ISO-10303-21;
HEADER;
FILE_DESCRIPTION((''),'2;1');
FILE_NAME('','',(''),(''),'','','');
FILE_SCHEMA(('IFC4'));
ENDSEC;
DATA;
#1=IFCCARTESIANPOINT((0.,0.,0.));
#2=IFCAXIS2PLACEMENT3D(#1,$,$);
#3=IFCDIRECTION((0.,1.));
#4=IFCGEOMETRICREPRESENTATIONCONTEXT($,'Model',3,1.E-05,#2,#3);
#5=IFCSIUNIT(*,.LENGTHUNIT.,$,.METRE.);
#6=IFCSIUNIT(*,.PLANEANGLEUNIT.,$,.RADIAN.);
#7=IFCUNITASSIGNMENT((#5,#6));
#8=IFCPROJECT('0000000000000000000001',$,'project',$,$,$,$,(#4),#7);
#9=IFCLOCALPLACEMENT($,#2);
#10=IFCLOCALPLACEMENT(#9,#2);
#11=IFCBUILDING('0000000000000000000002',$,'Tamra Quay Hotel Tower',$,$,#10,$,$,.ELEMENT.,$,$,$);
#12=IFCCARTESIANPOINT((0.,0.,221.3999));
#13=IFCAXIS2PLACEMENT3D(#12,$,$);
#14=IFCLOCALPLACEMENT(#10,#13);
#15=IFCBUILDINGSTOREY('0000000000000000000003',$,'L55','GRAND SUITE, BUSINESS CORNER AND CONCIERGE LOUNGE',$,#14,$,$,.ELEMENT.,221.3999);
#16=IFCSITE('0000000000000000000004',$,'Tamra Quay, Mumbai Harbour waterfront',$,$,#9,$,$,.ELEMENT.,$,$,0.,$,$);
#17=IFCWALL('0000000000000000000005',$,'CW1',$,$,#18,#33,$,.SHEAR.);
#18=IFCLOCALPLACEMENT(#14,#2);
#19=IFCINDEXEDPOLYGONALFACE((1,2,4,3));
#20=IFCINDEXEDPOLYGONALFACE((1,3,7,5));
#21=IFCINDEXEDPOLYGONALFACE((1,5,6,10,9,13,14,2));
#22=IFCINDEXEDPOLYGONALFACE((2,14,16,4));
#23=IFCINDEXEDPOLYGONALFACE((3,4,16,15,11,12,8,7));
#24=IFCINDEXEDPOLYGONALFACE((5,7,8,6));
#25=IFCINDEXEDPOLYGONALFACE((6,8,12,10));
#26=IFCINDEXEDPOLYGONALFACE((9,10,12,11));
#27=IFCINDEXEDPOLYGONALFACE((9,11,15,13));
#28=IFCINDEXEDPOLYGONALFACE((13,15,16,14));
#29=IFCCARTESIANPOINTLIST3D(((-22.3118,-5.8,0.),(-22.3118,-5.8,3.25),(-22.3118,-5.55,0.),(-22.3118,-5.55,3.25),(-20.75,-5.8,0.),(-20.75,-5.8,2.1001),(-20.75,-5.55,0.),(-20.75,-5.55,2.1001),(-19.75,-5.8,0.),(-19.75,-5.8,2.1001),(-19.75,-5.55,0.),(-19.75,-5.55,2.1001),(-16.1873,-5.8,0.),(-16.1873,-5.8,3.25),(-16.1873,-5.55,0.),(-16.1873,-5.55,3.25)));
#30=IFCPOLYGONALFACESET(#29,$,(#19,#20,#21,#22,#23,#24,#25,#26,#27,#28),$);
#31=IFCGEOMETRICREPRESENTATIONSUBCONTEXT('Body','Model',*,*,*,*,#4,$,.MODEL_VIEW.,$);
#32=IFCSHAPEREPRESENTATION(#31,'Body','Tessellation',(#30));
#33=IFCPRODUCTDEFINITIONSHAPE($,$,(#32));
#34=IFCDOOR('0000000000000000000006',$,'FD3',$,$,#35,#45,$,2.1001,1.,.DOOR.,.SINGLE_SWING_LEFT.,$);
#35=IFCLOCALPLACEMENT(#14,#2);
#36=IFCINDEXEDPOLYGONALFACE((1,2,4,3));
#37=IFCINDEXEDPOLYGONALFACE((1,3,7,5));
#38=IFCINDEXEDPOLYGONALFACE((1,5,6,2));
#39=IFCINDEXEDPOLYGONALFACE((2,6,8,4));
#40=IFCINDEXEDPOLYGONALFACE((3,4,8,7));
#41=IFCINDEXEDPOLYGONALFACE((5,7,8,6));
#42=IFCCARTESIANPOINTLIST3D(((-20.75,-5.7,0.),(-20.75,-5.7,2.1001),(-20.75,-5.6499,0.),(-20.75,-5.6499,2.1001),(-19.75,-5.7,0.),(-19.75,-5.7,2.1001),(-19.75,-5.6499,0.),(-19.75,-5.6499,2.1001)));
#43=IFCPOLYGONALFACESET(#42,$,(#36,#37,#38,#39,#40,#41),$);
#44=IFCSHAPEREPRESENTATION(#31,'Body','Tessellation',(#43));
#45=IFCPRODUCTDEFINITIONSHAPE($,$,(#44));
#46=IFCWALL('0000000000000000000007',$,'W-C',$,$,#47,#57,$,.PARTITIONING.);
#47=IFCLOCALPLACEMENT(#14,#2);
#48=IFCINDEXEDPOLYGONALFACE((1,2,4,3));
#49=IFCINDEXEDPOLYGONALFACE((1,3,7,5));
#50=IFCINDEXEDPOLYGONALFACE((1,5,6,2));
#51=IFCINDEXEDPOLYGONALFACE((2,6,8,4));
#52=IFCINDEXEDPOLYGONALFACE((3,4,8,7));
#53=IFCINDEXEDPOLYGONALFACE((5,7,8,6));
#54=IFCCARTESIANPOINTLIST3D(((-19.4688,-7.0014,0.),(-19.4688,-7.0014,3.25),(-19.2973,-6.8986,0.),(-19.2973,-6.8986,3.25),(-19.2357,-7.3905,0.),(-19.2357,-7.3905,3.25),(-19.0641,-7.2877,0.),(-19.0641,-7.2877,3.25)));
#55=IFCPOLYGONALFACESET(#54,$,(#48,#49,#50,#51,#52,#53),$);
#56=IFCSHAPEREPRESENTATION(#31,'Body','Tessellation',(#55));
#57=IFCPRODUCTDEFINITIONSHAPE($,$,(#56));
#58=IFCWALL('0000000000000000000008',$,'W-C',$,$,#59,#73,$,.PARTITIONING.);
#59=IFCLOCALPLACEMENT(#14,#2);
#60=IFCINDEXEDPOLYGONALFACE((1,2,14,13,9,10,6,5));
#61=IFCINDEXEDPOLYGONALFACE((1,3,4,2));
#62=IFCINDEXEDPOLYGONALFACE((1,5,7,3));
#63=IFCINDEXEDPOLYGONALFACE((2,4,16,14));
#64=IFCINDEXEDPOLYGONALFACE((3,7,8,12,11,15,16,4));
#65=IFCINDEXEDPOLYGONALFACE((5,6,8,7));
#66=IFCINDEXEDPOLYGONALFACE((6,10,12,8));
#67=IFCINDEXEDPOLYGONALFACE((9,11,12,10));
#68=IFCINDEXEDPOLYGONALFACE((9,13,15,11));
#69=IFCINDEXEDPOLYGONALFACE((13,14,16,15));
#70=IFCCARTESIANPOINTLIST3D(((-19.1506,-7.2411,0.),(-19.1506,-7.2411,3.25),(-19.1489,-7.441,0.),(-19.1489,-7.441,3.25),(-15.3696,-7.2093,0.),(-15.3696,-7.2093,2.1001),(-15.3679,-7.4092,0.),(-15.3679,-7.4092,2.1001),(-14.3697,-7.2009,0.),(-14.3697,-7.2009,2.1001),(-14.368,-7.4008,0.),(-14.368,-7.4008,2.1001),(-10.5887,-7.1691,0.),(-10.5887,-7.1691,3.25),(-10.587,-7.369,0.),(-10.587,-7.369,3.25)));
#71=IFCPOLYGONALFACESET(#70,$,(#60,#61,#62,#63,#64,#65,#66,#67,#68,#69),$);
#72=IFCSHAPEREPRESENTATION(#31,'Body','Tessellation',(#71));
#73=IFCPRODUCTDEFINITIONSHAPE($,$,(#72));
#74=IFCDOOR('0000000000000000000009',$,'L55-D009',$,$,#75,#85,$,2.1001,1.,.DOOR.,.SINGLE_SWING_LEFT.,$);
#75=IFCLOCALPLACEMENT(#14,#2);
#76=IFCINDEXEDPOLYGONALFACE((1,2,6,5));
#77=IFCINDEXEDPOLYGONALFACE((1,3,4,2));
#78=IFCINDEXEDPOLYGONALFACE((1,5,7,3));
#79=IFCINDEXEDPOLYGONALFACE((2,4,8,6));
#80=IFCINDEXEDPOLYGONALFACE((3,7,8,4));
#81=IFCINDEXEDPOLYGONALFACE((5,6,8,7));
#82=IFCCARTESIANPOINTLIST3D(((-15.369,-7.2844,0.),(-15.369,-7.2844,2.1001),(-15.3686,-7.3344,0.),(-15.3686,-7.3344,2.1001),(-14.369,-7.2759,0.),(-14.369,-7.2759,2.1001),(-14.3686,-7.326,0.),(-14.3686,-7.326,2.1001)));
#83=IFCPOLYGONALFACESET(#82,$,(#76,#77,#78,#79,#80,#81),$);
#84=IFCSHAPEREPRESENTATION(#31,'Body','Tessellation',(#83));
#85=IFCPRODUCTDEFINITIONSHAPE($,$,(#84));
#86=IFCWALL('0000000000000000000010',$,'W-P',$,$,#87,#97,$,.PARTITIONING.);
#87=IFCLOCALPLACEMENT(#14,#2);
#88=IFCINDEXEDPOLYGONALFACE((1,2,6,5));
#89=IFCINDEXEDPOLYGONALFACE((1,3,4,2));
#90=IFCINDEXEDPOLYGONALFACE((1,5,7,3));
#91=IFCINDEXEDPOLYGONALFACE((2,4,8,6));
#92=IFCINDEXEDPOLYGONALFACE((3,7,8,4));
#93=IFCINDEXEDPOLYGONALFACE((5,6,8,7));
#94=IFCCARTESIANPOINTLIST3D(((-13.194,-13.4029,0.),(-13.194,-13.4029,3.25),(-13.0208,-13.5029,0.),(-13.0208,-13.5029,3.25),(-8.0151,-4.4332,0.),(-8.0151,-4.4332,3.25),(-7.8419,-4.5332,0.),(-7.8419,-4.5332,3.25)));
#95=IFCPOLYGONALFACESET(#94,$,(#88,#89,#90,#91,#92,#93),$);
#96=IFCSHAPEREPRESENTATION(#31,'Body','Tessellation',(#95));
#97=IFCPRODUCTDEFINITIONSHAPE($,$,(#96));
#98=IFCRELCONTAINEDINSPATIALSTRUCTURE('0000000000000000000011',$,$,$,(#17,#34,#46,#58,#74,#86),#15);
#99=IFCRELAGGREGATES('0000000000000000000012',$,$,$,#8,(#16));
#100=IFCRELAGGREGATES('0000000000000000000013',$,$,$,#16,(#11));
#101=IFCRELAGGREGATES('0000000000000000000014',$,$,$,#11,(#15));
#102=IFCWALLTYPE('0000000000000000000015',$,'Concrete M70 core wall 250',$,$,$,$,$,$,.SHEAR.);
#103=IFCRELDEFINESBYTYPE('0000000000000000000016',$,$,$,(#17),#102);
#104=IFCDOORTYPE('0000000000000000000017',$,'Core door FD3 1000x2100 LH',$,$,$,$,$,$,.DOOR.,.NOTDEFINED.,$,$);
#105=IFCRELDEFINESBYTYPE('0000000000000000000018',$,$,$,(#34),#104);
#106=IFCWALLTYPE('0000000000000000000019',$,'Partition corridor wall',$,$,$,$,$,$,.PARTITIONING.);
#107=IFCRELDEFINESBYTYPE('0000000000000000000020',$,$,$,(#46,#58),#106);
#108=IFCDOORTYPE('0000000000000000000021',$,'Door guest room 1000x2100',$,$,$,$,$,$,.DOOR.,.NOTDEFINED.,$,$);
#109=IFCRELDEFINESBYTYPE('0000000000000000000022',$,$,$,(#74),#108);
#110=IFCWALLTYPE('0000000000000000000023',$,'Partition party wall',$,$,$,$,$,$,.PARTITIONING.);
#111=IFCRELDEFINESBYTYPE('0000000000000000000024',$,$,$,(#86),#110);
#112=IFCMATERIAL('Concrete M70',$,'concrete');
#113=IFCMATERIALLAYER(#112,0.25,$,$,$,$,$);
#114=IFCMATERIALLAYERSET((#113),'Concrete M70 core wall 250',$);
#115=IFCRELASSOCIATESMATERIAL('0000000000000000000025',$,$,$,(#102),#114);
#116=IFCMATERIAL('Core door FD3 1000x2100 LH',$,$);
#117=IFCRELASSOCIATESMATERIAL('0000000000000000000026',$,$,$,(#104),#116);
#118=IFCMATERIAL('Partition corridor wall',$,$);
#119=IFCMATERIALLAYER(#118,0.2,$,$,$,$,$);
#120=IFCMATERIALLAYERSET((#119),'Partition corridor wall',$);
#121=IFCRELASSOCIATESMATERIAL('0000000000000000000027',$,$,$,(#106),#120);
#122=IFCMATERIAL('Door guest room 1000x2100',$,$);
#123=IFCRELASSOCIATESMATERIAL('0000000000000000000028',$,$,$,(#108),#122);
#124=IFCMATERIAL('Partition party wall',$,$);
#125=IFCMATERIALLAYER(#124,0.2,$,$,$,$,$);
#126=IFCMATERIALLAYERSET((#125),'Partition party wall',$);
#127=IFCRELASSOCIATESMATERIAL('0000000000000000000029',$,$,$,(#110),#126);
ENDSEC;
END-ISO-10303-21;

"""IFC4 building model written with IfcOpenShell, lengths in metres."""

from ifc_helpers import new_model, si_unit, direction, frame, frame_2d, origin, place, context, subcontext, project, spatial, rectangle, extrude, material, layer, layer_set, type_object, element, fill, save


model = new_model("IFC4")

# Units and contexts
model_context = context("Model", 3, precision=1e-05, world=origin(), true_north=direction((0.0, 1.0)))
body_context = subcontext(model_context, "Body", "Model", "MODEL_VIEW")
ifc_project = project(units=[si_unit("LENGTHUNIT", "METRE"), si_unit("PLANEANGLEUNIT", "RADIAN")], contexts=[model_context])

# Site, building, storey
site_placement = place(None, origin())
site = spatial("IfcSite", under=ifc_project, at=site_placement, Name="Tamra Quay, Mumbai Harbour waterfront", CompositionType="ELEMENT", RefElevation=0.0)
building_placement = place(site_placement, origin())
building = spatial("IfcBuilding", under=site, at=building_placement, Name="Tamra Quay Hotel Tower", CompositionType="ELEMENT")
storey_placement = place(building_placement, frame((0.0, 0.0, 221.3999)))
storey = spatial("IfcBuildingStorey", under=building, at=storey_placement, Name="L55", Description="GRAND SUITE, BUSINESS CORNER AND CONCIERGE LOUNGE", CompositionType="ELEMENT", Elevation=221.3999)

# Shared definitions
ifc_material_1 = material(Name="Concrete M70", Category="concrete")

# Wall, opening, door
ifc_layer_1 = layer(ifc_material_1, 0.25)
ifc_layer_set_1 = layer_set([ifc_layer_1], Name="Concrete M70 core wall 250")
wall_type_1 = type_object("IfcWallType", Name="Concrete M70 core wall 250", PredefinedType="SHEAR", material=ifc_layer_set_1)
wall_1_placement = place(storey_placement, frame((-16.1873, -5.675, 0.0), z_axis=(0.0, 0.0, 1.0), x_axis=(-1.0, 0.0, 0.0)))
wall_1 = element("IfcWall", 1, at=wall_1_placement, inside=storey, type_object=wall_type_1, Name="CW1", PredefinedType="SHEAR", context=body_context, shape_type="SweptSolid", body=[
    extrude(rectangle(XDim=6.1245, YDim=0.25, at=frame_2d((3.0623, 0.0))), origin(), (0.0, 0.0, 1.0), 3.25),
])
opening_1_placement = place(wall_1_placement, frame((3.5627, 0.0, 0.0)))
opening_1 = element("IfcOpeningElement", 2, at=opening_1_placement, cuts=wall_1, PredefinedType="OPENING", context=body_context, shape_type="SweptSolid", body=[
    extrude(rectangle(XDim=1.0, YDim=2.1001, at=frame_2d((0.5, 1.05))), frame((0.0, 0.135, 0.0), z_axis=(0.0, -1.0, 0.0), x_axis=(1.0, 0.0, 0.0)), (0.0, 0.0, 1.0), 0.27),
])
ifc_material_2 = material(Name="Core door FD3 1000x2100 LH")
door_type_1 = type_object("IfcDoorType", Name="Core door FD3 1000x2100 LH", OperationType="NOTDEFINED", PredefinedType="DOOR", material=ifc_material_2)
door_1_placement = place(opening_1_placement, origin())
door_1 = element("IfcDoor", 3, at=door_1_placement, inside=storey, type_object=door_type_1, Name="FD3", OperationType="SINGLE_SWING_LEFT", OverallHeight=2.1001, OverallWidth=1.0, PredefinedType="DOOR", context=body_context, shape_type="SweptSolid", body=[
    extrude(rectangle(XDim=1.0, YDim=2.1001, at=frame_2d((0.5, 1.05))), frame((0.0, 0.0249, 0.0), z_axis=(0.0, -1.0, 0.0), x_axis=(1.0, 0.0, 0.0)), (0.0, 0.0, 1.0), 0.05),
])
fill(opening_1, door_1)

# Wall
ifc_material_3 = material(Name="Partition corridor wall")
ifc_layer_2 = layer(ifc_material_3, 0.2)
ifc_layer_set_2 = layer_set([ifc_layer_2], Name="Partition corridor wall")
wall_type_2 = type_object("IfcWallType", Name="Partition corridor wall", PredefinedType="PARTITIONING", material=ifc_layer_set_2)
wall_2_placement = place(storey_placement, frame((-19.1499, -7.3391, 0.0), z_axis=(0.0, 0.0, 1.0), x_axis=(-0.513942, 0.857825, 0.0)))
element("IfcWall", 4, at=wall_2_placement, inside=storey, type_object=wall_type_2, Name="W-C", PredefinedType="PARTITIONING", context=body_context, shape_type="SweptSolid", body=[
    extrude(rectangle(XDim=0.4536, YDim=0.2, at=frame_2d((0.2268, 0.0))), origin(), (0.0, 0.0, 1.0), 3.25),
])

# Wall, opening, door
wall_3_placement = place(storey_placement, frame((-19.1499, -7.3411, 0.0), z_axis=(0.0, 0.0, 1.0), x_axis=(0.999965, 0.008411, 0.0)))
wall_3 = element("IfcWall", 5, at=wall_3_placement, inside=storey, type_object=wall_type_2, Name="W-C", PredefinedType="PARTITIONING", context=body_context, shape_type="SweptSolid", body=[
    extrude(rectangle(XDim=8.5623, YDim=0.2, at=frame_2d((4.2812, 0.0))), origin(), (0.0, 0.0, 1.0), 3.25),
])
opening_2_placement = place(wall_3_placement, frame((3.7812, 0.0, 0.0)))
opening_2 = element("IfcOpeningElement", 6, at=opening_2_placement, cuts=wall_3, PredefinedType="OPENING", context=body_context, shape_type="SweptSolid", body=[
    extrude(rectangle(XDim=1.0, YDim=2.1001, at=frame_2d((0.5, 1.05))), frame((0.0, 0.1099, 0.0), z_axis=(0.0, -1.0, 0.0), x_axis=(1.0, 0.0, 0.0)), (0.0, 0.0, 1.0), 0.22),
])
ifc_material_4 = material(Name="Door guest room 1000x2100")
door_type_2 = type_object("IfcDoorType", Name="Door guest room 1000x2100", OperationType="NOTDEFINED", PredefinedType="DOOR", material=ifc_material_4)
door_2_placement = place(opening_2_placement, origin())
door_2 = element("IfcDoor", 7, at=door_2_placement, inside=storey, type_object=door_type_2, Name="L55-D009", OperationType="SINGLE_SWING_LEFT", OverallHeight=2.1001, OverallWidth=1.0, PredefinedType="DOOR", context=body_context, shape_type="SweptSolid", body=[
    extrude(rectangle(XDim=1.0, YDim=2.1001, at=frame_2d((0.5, 1.05))), frame((0.0, 0.0249, 0.0), z_axis=(0.0, -1.0, 0.0), x_axis=(1.0, 0.0, 0.0)), (0.0, 0.0, 1.0), 0.05),
])
fill(opening_2, door_2)

# Wall
ifc_material_5 = material(Name="Partition party wall")
ifc_layer_3 = layer(ifc_material_5, 0.2)
ifc_layer_set_3 = layer_set([ifc_layer_3], Name="Partition party wall")
wall_type_3 = type_object("IfcWallType", Name="Partition party wall", PredefinedType="PARTITIONING", material=ifc_layer_set_3)
wall_4_placement = place(storey_placement, frame((-13.1074, -13.4529, 0.0), z_axis=(0.0, 0.0, 1.0), x_axis=(0.50002, 0.866014, 0.0)))
element("IfcWall", 8, at=wall_4_placement, inside=storey, type_object=wall_type_3, Name="W-P", PredefinedType="PARTITIONING", context=body_context, shape_type="SweptSolid", body=[
    extrude(rectangle(XDim=10.3574, YDim=0.2, at=frame_2d((5.1787, 0.0))), origin(), (0.0, 0.0, 1.0), 3.25),
])

save(model, "model.ifc")
